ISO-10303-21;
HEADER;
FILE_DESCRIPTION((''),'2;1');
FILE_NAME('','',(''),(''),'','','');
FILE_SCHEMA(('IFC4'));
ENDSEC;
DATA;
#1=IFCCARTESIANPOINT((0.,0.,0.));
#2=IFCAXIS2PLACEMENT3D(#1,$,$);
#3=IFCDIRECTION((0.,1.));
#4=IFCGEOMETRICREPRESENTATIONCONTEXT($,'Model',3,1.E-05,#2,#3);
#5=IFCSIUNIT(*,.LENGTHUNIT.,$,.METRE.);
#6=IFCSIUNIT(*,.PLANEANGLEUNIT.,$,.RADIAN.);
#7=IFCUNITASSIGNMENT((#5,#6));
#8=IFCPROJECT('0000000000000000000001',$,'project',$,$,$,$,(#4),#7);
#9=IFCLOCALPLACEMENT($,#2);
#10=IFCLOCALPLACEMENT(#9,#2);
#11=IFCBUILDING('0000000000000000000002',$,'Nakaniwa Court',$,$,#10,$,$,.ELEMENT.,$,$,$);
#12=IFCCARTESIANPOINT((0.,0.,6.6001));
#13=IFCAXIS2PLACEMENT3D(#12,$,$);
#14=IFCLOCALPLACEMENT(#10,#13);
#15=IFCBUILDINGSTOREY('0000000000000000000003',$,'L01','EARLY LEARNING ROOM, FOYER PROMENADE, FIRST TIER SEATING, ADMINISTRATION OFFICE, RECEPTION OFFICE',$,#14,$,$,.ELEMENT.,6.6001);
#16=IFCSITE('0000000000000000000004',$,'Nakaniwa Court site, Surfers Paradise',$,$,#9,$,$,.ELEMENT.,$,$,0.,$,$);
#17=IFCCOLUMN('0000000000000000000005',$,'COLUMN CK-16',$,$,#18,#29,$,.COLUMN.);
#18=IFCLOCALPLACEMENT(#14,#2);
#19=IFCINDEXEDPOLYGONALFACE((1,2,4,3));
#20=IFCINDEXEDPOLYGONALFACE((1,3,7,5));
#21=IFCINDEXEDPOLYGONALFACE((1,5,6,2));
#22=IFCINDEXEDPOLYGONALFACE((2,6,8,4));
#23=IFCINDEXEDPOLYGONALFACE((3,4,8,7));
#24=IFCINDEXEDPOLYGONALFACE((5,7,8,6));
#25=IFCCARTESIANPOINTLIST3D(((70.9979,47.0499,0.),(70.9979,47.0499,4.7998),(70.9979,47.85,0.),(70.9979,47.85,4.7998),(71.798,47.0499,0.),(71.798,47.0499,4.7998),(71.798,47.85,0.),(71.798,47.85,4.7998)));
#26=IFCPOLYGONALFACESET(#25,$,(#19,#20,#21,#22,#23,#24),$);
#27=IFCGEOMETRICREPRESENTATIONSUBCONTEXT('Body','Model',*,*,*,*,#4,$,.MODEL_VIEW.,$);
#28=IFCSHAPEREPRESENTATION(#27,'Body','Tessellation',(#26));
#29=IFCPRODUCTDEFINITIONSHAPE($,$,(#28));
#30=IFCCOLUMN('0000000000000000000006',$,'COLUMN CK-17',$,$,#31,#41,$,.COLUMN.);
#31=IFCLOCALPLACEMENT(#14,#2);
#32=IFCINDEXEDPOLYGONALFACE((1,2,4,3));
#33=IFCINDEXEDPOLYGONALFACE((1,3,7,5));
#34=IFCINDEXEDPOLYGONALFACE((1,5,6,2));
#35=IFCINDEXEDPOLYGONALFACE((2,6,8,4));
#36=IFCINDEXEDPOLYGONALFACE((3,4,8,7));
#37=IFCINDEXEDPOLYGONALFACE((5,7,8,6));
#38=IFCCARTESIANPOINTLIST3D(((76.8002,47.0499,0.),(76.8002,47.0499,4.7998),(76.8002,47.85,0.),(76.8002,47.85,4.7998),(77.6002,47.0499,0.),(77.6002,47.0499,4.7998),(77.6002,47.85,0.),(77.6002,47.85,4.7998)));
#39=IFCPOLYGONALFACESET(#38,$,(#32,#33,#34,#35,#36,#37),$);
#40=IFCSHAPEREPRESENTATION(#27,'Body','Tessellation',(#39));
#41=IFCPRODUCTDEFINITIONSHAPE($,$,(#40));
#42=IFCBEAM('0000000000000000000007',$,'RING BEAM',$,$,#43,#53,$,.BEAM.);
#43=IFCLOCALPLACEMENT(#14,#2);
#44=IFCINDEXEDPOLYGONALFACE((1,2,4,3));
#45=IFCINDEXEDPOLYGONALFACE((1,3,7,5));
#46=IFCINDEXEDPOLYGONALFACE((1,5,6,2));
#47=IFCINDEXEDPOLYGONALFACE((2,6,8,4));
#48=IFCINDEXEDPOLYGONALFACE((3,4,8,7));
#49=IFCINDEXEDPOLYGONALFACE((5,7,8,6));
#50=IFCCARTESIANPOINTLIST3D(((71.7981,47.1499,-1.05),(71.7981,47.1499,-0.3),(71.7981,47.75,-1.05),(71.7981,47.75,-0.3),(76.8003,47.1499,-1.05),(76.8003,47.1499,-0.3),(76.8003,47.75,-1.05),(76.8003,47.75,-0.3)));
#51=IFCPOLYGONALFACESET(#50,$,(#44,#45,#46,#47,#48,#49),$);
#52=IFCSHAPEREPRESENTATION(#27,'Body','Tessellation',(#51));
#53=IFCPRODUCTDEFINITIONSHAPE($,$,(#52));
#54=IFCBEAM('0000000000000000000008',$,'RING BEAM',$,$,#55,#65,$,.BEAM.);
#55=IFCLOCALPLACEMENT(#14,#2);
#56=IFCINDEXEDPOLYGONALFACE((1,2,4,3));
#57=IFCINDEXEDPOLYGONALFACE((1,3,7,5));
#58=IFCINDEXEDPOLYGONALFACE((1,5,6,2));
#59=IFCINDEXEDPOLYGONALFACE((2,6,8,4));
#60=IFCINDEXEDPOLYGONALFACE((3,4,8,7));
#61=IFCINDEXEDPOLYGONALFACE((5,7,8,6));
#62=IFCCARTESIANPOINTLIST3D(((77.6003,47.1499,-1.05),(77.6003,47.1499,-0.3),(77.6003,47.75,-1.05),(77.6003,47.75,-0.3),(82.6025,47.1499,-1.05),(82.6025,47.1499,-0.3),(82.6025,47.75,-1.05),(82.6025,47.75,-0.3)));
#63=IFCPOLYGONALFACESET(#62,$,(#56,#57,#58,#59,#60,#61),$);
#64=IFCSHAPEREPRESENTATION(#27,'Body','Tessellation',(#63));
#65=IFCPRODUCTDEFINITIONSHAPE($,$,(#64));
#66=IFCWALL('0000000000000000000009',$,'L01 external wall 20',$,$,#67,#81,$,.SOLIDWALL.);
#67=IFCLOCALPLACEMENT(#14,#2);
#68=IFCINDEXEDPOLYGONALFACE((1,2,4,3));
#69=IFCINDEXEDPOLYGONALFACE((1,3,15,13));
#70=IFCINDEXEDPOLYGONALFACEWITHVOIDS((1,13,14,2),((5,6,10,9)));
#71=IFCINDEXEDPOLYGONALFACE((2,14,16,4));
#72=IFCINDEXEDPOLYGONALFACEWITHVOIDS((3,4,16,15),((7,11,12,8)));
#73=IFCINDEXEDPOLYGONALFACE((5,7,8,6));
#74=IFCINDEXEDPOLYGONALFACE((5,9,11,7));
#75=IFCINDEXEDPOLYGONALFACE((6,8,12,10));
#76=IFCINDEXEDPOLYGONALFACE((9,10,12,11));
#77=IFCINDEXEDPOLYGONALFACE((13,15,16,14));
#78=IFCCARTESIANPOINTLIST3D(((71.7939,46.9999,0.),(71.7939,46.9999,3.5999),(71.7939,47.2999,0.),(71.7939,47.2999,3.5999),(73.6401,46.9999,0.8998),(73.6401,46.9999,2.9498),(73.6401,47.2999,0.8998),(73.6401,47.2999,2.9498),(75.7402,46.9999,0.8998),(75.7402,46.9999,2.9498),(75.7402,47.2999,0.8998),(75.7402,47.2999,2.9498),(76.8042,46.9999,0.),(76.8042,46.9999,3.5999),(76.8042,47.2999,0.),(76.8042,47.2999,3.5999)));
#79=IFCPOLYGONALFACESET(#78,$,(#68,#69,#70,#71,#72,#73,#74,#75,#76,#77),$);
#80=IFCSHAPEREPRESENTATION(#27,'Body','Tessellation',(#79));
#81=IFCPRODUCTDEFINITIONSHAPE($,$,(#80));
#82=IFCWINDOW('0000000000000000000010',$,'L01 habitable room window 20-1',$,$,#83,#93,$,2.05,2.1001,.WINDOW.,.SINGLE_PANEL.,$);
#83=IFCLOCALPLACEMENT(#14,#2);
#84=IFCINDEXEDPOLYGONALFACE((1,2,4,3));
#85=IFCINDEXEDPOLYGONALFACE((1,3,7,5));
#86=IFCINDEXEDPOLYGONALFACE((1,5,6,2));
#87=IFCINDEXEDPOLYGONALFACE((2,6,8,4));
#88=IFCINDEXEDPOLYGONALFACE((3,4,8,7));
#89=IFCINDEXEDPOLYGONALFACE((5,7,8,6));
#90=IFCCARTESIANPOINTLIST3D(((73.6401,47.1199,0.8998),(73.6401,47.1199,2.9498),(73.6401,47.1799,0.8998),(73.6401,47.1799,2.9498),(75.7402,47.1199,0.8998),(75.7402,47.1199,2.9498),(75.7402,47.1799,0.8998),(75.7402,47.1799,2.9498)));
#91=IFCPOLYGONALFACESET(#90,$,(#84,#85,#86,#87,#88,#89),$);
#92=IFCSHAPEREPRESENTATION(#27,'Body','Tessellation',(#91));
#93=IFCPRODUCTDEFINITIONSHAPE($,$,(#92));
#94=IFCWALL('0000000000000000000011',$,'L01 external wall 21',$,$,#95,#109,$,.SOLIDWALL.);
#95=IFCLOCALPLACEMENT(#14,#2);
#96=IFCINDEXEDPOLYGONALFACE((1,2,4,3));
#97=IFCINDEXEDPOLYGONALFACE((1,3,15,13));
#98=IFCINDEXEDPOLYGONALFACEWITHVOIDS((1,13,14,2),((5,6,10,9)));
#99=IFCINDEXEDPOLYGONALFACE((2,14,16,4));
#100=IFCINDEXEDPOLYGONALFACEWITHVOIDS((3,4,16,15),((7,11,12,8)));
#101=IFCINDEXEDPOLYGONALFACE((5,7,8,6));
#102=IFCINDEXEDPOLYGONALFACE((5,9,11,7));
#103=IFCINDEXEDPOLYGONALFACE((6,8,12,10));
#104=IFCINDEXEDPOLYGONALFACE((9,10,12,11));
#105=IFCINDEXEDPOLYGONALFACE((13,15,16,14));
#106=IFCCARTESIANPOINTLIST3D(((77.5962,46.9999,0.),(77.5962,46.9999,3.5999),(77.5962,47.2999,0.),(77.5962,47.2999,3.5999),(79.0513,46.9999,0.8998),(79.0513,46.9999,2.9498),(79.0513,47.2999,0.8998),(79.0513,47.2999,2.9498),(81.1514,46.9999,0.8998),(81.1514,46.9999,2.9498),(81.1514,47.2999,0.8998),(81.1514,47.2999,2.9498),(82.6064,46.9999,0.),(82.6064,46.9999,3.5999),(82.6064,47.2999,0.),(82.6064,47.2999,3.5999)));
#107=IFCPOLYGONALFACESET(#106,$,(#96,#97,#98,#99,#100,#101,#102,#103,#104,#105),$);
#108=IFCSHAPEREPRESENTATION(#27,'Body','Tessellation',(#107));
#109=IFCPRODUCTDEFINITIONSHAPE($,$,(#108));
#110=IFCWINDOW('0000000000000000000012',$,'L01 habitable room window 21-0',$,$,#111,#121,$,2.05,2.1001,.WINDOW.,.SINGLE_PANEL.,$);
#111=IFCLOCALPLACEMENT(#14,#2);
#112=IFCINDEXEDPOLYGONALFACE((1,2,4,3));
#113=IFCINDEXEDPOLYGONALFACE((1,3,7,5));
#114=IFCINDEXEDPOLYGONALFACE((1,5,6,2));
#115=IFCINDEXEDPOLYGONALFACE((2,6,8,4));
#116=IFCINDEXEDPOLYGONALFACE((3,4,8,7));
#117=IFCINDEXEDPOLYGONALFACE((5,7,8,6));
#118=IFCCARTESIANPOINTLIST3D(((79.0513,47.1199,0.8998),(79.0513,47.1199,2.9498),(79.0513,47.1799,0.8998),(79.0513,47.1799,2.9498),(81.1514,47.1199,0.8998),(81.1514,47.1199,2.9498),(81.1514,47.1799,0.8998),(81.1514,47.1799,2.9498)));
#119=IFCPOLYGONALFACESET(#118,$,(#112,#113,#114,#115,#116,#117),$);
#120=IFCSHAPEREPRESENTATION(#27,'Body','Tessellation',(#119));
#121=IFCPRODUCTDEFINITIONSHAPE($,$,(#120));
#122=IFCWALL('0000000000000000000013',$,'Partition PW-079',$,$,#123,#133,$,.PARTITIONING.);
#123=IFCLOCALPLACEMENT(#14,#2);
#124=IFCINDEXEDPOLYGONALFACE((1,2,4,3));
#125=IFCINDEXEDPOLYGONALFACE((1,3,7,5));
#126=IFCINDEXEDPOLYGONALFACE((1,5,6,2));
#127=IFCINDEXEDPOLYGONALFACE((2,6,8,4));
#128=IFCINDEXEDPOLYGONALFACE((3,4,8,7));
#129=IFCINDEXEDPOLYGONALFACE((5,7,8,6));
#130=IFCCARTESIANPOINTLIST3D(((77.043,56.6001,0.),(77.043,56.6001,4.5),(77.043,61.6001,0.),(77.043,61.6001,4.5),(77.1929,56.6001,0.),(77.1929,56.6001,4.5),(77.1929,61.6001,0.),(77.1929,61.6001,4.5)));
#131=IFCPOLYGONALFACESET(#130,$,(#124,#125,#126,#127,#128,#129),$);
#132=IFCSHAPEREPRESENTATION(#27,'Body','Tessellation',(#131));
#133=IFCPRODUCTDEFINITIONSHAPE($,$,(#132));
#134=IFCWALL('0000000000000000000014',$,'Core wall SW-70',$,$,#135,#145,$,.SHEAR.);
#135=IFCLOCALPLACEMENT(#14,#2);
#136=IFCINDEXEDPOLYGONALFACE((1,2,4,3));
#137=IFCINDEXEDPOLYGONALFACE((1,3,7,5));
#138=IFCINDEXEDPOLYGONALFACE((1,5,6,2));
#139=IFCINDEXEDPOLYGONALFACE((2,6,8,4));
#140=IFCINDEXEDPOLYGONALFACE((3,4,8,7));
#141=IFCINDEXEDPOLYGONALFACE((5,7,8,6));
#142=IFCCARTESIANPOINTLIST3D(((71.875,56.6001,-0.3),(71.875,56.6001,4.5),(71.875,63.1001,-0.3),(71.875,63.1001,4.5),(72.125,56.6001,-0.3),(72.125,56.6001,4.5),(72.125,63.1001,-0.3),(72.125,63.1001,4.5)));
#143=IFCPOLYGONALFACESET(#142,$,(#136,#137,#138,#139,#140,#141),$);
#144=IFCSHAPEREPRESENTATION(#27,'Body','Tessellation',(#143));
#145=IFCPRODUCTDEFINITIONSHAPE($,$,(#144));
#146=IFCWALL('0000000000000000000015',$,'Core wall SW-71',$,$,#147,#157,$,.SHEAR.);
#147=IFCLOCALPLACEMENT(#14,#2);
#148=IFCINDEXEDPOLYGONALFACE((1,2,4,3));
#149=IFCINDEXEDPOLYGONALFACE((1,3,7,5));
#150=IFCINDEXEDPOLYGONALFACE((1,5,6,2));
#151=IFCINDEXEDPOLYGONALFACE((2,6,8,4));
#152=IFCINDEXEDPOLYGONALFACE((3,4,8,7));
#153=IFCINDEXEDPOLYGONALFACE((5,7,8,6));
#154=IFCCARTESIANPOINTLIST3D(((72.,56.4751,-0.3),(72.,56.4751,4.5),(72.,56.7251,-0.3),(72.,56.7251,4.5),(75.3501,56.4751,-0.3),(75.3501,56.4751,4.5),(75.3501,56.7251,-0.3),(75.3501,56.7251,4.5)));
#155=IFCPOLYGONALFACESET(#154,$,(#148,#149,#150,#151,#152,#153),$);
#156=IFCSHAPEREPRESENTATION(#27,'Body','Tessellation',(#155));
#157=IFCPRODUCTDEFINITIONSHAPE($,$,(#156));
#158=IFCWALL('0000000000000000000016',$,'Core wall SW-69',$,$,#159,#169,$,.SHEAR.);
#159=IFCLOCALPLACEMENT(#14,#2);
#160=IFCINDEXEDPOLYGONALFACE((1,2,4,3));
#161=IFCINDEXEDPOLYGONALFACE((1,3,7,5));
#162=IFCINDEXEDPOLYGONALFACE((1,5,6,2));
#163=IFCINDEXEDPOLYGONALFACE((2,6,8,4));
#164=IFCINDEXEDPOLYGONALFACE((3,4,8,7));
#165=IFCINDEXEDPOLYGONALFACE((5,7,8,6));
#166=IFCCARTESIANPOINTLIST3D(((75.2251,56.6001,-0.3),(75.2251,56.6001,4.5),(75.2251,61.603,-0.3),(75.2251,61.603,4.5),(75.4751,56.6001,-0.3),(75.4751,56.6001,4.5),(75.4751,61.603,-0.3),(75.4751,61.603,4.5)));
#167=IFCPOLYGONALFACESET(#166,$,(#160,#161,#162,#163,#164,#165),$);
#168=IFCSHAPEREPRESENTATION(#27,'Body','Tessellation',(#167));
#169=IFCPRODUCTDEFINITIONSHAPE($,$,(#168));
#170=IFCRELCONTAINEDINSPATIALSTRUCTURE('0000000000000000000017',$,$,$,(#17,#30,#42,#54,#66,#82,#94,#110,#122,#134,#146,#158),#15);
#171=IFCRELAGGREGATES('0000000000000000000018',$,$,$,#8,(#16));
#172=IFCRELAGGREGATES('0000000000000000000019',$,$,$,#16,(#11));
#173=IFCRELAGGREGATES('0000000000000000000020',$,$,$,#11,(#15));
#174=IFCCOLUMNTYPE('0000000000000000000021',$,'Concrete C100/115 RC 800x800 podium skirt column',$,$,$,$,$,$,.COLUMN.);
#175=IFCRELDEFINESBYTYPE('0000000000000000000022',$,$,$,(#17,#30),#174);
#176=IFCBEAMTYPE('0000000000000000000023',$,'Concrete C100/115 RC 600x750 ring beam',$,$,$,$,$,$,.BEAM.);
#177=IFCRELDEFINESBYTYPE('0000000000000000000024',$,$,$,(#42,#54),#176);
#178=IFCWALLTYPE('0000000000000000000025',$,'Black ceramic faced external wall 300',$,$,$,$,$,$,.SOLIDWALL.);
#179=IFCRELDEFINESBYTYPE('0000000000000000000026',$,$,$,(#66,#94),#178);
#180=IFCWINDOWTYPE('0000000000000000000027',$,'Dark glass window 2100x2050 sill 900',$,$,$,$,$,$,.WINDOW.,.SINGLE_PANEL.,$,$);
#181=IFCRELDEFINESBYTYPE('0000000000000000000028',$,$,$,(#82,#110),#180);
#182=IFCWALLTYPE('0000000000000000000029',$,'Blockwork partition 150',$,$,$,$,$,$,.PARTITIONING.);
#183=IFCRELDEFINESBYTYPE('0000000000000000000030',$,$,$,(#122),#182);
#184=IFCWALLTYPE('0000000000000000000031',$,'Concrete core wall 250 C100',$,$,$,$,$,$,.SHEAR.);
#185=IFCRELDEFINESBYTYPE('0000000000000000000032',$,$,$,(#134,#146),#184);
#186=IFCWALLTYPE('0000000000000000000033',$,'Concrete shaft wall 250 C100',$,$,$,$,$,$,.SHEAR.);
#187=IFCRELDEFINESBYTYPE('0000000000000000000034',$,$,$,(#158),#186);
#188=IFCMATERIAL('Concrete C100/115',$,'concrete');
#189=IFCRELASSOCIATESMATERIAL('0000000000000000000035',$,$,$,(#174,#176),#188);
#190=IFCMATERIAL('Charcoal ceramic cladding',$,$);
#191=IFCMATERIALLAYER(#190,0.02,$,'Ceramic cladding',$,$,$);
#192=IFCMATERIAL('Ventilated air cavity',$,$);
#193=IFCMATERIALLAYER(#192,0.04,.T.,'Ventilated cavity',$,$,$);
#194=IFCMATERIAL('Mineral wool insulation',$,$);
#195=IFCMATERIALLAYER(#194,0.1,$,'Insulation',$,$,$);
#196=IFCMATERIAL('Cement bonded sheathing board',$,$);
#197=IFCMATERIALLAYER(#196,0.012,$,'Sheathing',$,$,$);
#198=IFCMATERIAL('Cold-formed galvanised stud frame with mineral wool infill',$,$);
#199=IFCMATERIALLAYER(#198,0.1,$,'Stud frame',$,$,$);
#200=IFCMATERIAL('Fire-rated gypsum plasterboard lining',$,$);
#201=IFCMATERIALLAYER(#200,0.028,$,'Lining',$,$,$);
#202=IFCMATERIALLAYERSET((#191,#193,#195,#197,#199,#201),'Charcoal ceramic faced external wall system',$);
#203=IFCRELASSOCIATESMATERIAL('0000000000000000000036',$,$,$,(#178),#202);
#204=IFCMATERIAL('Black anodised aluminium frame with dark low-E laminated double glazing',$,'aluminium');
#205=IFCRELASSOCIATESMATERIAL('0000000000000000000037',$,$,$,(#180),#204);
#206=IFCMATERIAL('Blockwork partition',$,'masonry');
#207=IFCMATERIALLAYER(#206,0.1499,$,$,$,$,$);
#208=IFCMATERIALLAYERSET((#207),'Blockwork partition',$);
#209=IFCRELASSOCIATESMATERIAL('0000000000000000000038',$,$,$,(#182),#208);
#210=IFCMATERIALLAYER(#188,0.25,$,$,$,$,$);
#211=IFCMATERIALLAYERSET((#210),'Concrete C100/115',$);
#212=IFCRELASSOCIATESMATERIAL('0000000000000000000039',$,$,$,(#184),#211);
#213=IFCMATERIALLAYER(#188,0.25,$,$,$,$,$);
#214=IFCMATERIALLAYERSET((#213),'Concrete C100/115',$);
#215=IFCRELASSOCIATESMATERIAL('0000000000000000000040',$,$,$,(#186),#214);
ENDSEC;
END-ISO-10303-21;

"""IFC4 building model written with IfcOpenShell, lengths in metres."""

from ifc_helpers import new_model, si_unit, direction, frame, frame_2d, origin, origin_2d, place, context, subcontext, project, spatial, rectangle, extrude, material, layer, layer_set, material_profile, profile_set, type_object, element, fill, save


model = new_model("IFC4")

# Units and contexts
model_context = context("Model", 3, precision=1e-05, world=origin(), true_north=direction((0.0, 1.0)))
body_context = subcontext(model_context, "Body", "Model", "MODEL_VIEW")
ifc_project = project(units=[si_unit("LENGTHUNIT", "METRE"), si_unit("PLANEANGLEUNIT", "RADIAN")], contexts=[model_context])

# Site, building, storey
site_placement = place(None, origin())
site = spatial("IfcSite", under=ifc_project, at=site_placement, Name="Nakaniwa Court site, Surfers Paradise", CompositionType="ELEMENT", RefElevation=0.0)
building_placement = place(site_placement, origin())
building = spatial("IfcBuilding", under=site, at=building_placement, Name="Nakaniwa Court", CompositionType="ELEMENT")
storey_placement = place(building_placement, frame((0.0, 0.0, 6.6001)))
storey = spatial("IfcBuildingStorey", under=building, at=storey_placement, Name="L01", Description="EARLY LEARNING ROOM, FOYER PROMENADE, FIRST TIER SEATING, ADMINISTRATION OFFICE, RECEPTION OFFICE", CompositionType="ELEMENT", Elevation=6.6001)

# Columns
ifc_material_1 = material(Name="Concrete C100/115", Category="concrete")
ifc_material_profile_1 = material_profile(ifc_material_1, rectangle(XDim=0.8, YDim=0.8, at=origin_2d()), Name="Concrete C100/115 RC 800x800 podium skirt column")
ifc_profile_set_1 = profile_set([ifc_material_profile_1], Name="Concrete C100/115")
column_type = type_object("IfcColumnType", Name="Concrete C100/115 RC 800x800 podium skirt column", PredefinedType="COLUMN", material=ifc_profile_set_1)
for number, where, z_axis, x_axis, name in (
    (1, (71.3979, 47.45, 0.0), (0.0, 0.0, 1.0), (1.0, 0.0, 0.0), "COLUMN CK-16"),
    (2, (77.2002, 47.45, 0.0), (0.0, 0.0, 1.0), (1.0, 0.0, 0.0), "COLUMN CK-17"),
):
    element("IfcColumn", number, at=place(storey_placement, frame(where, z_axis=z_axis, x_axis=x_axis)), inside=storey, type_object=column_type, Name=name, PredefinedType="COLUMN", context=body_context, shape_type="SweptSolid", body=[
        extrude(rectangle(XDim=0.8, YDim=0.8, at=origin_2d()), origin(), (0.0, 0.0, 1.0), 4.7998),
    ])

# Beams
ifc_material_profile_2 = material_profile(ifc_material_1, rectangle(XDim=0.6001, YDim=0.75, at=origin_2d()), Name="Concrete C100/115 RC 600x750 ring beam")
ifc_profile_set_2 = profile_set([ifc_material_profile_2], Name="Concrete C100/115")
beam_type = type_object("IfcBeamType", Name="Concrete C100/115 RC 600x750 ring beam", PredefinedType="BEAM", material=ifc_profile_set_2)
for number, where, z_axis, x_axis, name in (
    (3, (71.7981, 47.45, -0.675), (1.0, 0.0, 0.0), (0.0, 1.0, 0.0), "RING BEAM"),
    (4, (77.6003, 47.45, -0.675), (1.0, 0.0, 0.0), (0.0, 1.0, 0.0), "RING BEAM"),
):
    element("IfcBeam", number, at=place(storey_placement, frame(where, z_axis=z_axis, x_axis=x_axis)), inside=storey, type_object=beam_type, Name=name, PredefinedType="BEAM", context=body_context, shape_type="SweptSolid", body=[
        extrude(rectangle(XDim=0.6001, YDim=0.75, at=origin_2d()), origin(), (0.0, 0.0, 1.0), 5.0022),
    ])

# Walls, openings, windows
ifc_material_2 = material(Name="Charcoal ceramic cladding")
ifc_layer_1 = layer(ifc_material_2, 0.02, Name="Ceramic cladding")
ifc_material_3 = material(Name="Ventilated air cavity")
ifc_layer_2 = layer(ifc_material_3, 0.04, ventilated=True, Name="Ventilated cavity")
ifc_material_4 = material(Name="Mineral wool insulation")
ifc_layer_3 = layer(ifc_material_4, 0.1, Name="Insulation")
ifc_material_5 = material(Name="Cement bonded sheathing board")
ifc_layer_4 = layer(ifc_material_5, 0.012, Name="Sheathing")
ifc_material_6 = material(Name="Cold-formed galvanised stud frame with mineral wool infill")
ifc_layer_5 = layer(ifc_material_6, 0.1, Name="Stud frame")
ifc_material_7 = material(Name="Fire-rated gypsum plasterboard lining")
ifc_layer_6 = layer(ifc_material_7, 0.028, Name="Lining")
ifc_layer_set_1 = layer_set([ifc_layer_1, ifc_layer_2, ifc_layer_3, ifc_layer_4, ifc_layer_5, ifc_layer_6], Name="Charcoal ceramic faced external wall system")
wall_type_1 = type_object("IfcWallType", Name="Black ceramic faced external wall 300", PredefinedType="SOLIDWALL", material=ifc_layer_set_1)
wall_1_placement = place(storey_placement, frame((71.7939, 47.1499, 0.0), z_axis=(0.0, 0.0, 1.0), x_axis=(1.0, 0.0, 0.0)))
wall_1 = element("IfcWall", 5, at=wall_1_placement, inside=storey, type_object=wall_type_1, Name="L01 external wall 20", PredefinedType="SOLIDWALL", context=body_context, shape_type="SweptSolid", body=[
    extrude(rectangle(XDim=5.0103, YDim=0.3, at=frame_2d((2.5051, 0.0))), origin(), (0.0, 0.0, 1.0), 3.5999),
])
opening_1_placement = place(wall_1_placement, frame((1.8462, 0.0, 0.8999)))
opening_1 = element("IfcOpeningElement", 6, at=opening_1_placement, cuts=wall_1, PredefinedType="OPENING", context=body_context, shape_type="SweptSolid", body=[
    extrude(rectangle(XDim=2.1001, YDim=2.05, at=frame_2d((1.05, 1.0249))), frame((0.0, 0.1599, 0.0), z_axis=(0.0, -1.0, 0.0), x_axis=(1.0, 0.0, 0.0)), (0.0, 0.0, 1.0), 0.3201),
])
ifc_material_8 = material(Name="Black anodised aluminium frame with dark low-E laminated double glazing", Category="aluminium")
window_type = type_object("IfcWindowType", Name="Dark glass window 2100x2050 sill 900", PartitioningType="SINGLE_PANEL", PredefinedType="WINDOW", material=ifc_material_8)
window_1_placement = place(opening_1_placement, origin())
window_1 = element("IfcWindow", 7, at=window_1_placement, inside=storey, type_object=window_type, Name="L01 habitable room window 20-1", OverallHeight=2.05, OverallWidth=2.1001, PartitioningType="SINGLE_PANEL", PredefinedType="WINDOW", context=body_context, shape_type="SweptSolid", body=[
    extrude(rectangle(XDim=2.1001, YDim=2.05, at=frame_2d((1.05, 1.0249))), frame((0.0, 0.03, 0.0), z_axis=(0.0, -1.0, 0.0), x_axis=(1.0, 0.0, 0.0)), (0.0, 0.0, 1.0), 0.0601),
])
fill(opening_1, window_1)
wall_2_placement = place(storey_placement, frame((77.5962, 47.1499, 0.0), z_axis=(0.0, 0.0, 1.0), x_axis=(1.0, 0.0, 0.0)))
wall_2 = element("IfcWall", 8, at=wall_2_placement, inside=storey, type_object=wall_type_1, Name="L01 external wall 21", PredefinedType="SOLIDWALL", context=body_context, shape_type="SweptSolid", body=[
    extrude(rectangle(XDim=5.0103, YDim=0.3, at=frame_2d((2.5051, 0.0))), origin(), (0.0, 0.0, 1.0), 3.5999),
])
opening_2_placement = place(wall_2_placement, frame((1.4551, 0.0, 0.8999)))
opening_2 = element("IfcOpeningElement", 9, at=opening_2_placement, cuts=wall_2, PredefinedType="OPENING", context=body_context, shape_type="SweptSolid", body=[
    extrude(rectangle(XDim=2.1001, YDim=2.05, at=frame_2d((1.05, 1.0249))), frame((0.0, 0.1599, 0.0), z_axis=(0.0, -1.0, 0.0), x_axis=(1.0, 0.0, 0.0)), (0.0, 0.0, 1.0), 0.3201),
])
window_2_placement = place(opening_2_placement, origin())
window_2 = element("IfcWindow", 10, at=window_2_placement, inside=storey, type_object=window_type, Name="L01 habitable room window 21-0", OverallHeight=2.05, OverallWidth=2.1001, PartitioningType="SINGLE_PANEL", PredefinedType="WINDOW", context=body_context, shape_type="SweptSolid", body=[
    extrude(rectangle(XDim=2.1001, YDim=2.05, at=frame_2d((1.05, 1.0249))), frame((0.0, 0.03, 0.0), z_axis=(0.0, -1.0, 0.0), x_axis=(1.0, 0.0, 0.0)), (0.0, 0.0, 1.0), 0.0601),
])
fill(opening_2, window_2)

# Walls
ifc_material_9 = material(Name="Blockwork partition", Category="masonry")
ifc_layer_7 = layer(ifc_material_9, 0.1499)
ifc_layer_set_2 = layer_set([ifc_layer_7], Name="Blockwork partition")
wall_type_2 = type_object("IfcWallType", Name="Blockwork partition 150", PredefinedType="PARTITIONING", material=ifc_layer_set_2)
wall_3_placement = place(storey_placement, frame((77.1179, 56.6001, 0.0), z_axis=(0.0, 0.0, 1.0), x_axis=(0.0, 1.0, 0.0)))
element("IfcWall", 11, at=wall_3_placement, inside=storey, type_object=wall_type_2, Name="Partition PW-079", PredefinedType="PARTITIONING", context=body_context, shape_type="SweptSolid", body=[
    extrude(rectangle(XDim=5.0, YDim=0.1499, at=frame_2d((2.5, 0.0))), origin(), (0.0, 0.0, 1.0), 4.5),
])
ifc_layer_8 = layer(ifc_material_1, 0.25)
ifc_layer_set_3 = layer_set([ifc_layer_8], Name="Concrete C100/115")
wall_type_3 = type_object("IfcWallType", Name="Concrete core wall 250 C100", PredefinedType="SHEAR", material=ifc_layer_set_3)
wall_4_placement = place(storey_placement, frame((72.0, 56.6001, -0.3), z_axis=(0.0, 0.0, 1.0), x_axis=(0.0, 1.0, 0.0)))
element("IfcWall", 12, at=wall_4_placement, inside=storey, type_object=wall_type_3, Name="Core wall SW-70", PredefinedType="SHEAR", context=body_context, shape_type="SweptSolid", body=[
    extrude(rectangle(XDim=6.5, YDim=0.25, at=frame_2d((3.25, 0.0))), origin(), (0.0, 0.0, 1.0), 4.8),
])
wall_5_placement = place(storey_placement, frame((72.0, 56.6001, -0.3), z_axis=(0.0, 0.0, 1.0), x_axis=(1.0, 0.0, 0.0)))
element("IfcWall", 13, at=wall_5_placement, inside=storey, type_object=wall_type_3, Name="Core wall SW-71", PredefinedType="SHEAR", context=body_context, shape_type="SweptSolid", body=[
    extrude(rectangle(XDim=3.3501, YDim=0.25, at=frame_2d((1.675, 0.0))), origin(), (0.0, 0.0, 1.0), 4.8),
])
ifc_layer_9 = layer(ifc_material_1, 0.25)
ifc_layer_set_4 = layer_set([ifc_layer_9], Name="Concrete C100/115")
wall_type_4 = type_object("IfcWallType", Name="Concrete shaft wall 250 C100", PredefinedType="SHEAR", material=ifc_layer_set_4)
wall_6_placement = place(storey_placement, frame((75.3501, 56.6001, -0.3), z_axis=(0.0, 0.0, 1.0), x_axis=(0.0, 1.0, 0.0)))
element("IfcWall", 14, at=wall_6_placement, inside=storey, type_object=wall_type_4, Name="Core wall SW-69", PredefinedType="SHEAR", context=body_context, shape_type="SweptSolid", body=[
    extrude(rectangle(XDim=5.0029, YDim=0.25, at=frame_2d((2.5015, 0.0))), origin(), (0.0, 0.0, 1.0), 4.8),
])

save(model, "model.ifc")
